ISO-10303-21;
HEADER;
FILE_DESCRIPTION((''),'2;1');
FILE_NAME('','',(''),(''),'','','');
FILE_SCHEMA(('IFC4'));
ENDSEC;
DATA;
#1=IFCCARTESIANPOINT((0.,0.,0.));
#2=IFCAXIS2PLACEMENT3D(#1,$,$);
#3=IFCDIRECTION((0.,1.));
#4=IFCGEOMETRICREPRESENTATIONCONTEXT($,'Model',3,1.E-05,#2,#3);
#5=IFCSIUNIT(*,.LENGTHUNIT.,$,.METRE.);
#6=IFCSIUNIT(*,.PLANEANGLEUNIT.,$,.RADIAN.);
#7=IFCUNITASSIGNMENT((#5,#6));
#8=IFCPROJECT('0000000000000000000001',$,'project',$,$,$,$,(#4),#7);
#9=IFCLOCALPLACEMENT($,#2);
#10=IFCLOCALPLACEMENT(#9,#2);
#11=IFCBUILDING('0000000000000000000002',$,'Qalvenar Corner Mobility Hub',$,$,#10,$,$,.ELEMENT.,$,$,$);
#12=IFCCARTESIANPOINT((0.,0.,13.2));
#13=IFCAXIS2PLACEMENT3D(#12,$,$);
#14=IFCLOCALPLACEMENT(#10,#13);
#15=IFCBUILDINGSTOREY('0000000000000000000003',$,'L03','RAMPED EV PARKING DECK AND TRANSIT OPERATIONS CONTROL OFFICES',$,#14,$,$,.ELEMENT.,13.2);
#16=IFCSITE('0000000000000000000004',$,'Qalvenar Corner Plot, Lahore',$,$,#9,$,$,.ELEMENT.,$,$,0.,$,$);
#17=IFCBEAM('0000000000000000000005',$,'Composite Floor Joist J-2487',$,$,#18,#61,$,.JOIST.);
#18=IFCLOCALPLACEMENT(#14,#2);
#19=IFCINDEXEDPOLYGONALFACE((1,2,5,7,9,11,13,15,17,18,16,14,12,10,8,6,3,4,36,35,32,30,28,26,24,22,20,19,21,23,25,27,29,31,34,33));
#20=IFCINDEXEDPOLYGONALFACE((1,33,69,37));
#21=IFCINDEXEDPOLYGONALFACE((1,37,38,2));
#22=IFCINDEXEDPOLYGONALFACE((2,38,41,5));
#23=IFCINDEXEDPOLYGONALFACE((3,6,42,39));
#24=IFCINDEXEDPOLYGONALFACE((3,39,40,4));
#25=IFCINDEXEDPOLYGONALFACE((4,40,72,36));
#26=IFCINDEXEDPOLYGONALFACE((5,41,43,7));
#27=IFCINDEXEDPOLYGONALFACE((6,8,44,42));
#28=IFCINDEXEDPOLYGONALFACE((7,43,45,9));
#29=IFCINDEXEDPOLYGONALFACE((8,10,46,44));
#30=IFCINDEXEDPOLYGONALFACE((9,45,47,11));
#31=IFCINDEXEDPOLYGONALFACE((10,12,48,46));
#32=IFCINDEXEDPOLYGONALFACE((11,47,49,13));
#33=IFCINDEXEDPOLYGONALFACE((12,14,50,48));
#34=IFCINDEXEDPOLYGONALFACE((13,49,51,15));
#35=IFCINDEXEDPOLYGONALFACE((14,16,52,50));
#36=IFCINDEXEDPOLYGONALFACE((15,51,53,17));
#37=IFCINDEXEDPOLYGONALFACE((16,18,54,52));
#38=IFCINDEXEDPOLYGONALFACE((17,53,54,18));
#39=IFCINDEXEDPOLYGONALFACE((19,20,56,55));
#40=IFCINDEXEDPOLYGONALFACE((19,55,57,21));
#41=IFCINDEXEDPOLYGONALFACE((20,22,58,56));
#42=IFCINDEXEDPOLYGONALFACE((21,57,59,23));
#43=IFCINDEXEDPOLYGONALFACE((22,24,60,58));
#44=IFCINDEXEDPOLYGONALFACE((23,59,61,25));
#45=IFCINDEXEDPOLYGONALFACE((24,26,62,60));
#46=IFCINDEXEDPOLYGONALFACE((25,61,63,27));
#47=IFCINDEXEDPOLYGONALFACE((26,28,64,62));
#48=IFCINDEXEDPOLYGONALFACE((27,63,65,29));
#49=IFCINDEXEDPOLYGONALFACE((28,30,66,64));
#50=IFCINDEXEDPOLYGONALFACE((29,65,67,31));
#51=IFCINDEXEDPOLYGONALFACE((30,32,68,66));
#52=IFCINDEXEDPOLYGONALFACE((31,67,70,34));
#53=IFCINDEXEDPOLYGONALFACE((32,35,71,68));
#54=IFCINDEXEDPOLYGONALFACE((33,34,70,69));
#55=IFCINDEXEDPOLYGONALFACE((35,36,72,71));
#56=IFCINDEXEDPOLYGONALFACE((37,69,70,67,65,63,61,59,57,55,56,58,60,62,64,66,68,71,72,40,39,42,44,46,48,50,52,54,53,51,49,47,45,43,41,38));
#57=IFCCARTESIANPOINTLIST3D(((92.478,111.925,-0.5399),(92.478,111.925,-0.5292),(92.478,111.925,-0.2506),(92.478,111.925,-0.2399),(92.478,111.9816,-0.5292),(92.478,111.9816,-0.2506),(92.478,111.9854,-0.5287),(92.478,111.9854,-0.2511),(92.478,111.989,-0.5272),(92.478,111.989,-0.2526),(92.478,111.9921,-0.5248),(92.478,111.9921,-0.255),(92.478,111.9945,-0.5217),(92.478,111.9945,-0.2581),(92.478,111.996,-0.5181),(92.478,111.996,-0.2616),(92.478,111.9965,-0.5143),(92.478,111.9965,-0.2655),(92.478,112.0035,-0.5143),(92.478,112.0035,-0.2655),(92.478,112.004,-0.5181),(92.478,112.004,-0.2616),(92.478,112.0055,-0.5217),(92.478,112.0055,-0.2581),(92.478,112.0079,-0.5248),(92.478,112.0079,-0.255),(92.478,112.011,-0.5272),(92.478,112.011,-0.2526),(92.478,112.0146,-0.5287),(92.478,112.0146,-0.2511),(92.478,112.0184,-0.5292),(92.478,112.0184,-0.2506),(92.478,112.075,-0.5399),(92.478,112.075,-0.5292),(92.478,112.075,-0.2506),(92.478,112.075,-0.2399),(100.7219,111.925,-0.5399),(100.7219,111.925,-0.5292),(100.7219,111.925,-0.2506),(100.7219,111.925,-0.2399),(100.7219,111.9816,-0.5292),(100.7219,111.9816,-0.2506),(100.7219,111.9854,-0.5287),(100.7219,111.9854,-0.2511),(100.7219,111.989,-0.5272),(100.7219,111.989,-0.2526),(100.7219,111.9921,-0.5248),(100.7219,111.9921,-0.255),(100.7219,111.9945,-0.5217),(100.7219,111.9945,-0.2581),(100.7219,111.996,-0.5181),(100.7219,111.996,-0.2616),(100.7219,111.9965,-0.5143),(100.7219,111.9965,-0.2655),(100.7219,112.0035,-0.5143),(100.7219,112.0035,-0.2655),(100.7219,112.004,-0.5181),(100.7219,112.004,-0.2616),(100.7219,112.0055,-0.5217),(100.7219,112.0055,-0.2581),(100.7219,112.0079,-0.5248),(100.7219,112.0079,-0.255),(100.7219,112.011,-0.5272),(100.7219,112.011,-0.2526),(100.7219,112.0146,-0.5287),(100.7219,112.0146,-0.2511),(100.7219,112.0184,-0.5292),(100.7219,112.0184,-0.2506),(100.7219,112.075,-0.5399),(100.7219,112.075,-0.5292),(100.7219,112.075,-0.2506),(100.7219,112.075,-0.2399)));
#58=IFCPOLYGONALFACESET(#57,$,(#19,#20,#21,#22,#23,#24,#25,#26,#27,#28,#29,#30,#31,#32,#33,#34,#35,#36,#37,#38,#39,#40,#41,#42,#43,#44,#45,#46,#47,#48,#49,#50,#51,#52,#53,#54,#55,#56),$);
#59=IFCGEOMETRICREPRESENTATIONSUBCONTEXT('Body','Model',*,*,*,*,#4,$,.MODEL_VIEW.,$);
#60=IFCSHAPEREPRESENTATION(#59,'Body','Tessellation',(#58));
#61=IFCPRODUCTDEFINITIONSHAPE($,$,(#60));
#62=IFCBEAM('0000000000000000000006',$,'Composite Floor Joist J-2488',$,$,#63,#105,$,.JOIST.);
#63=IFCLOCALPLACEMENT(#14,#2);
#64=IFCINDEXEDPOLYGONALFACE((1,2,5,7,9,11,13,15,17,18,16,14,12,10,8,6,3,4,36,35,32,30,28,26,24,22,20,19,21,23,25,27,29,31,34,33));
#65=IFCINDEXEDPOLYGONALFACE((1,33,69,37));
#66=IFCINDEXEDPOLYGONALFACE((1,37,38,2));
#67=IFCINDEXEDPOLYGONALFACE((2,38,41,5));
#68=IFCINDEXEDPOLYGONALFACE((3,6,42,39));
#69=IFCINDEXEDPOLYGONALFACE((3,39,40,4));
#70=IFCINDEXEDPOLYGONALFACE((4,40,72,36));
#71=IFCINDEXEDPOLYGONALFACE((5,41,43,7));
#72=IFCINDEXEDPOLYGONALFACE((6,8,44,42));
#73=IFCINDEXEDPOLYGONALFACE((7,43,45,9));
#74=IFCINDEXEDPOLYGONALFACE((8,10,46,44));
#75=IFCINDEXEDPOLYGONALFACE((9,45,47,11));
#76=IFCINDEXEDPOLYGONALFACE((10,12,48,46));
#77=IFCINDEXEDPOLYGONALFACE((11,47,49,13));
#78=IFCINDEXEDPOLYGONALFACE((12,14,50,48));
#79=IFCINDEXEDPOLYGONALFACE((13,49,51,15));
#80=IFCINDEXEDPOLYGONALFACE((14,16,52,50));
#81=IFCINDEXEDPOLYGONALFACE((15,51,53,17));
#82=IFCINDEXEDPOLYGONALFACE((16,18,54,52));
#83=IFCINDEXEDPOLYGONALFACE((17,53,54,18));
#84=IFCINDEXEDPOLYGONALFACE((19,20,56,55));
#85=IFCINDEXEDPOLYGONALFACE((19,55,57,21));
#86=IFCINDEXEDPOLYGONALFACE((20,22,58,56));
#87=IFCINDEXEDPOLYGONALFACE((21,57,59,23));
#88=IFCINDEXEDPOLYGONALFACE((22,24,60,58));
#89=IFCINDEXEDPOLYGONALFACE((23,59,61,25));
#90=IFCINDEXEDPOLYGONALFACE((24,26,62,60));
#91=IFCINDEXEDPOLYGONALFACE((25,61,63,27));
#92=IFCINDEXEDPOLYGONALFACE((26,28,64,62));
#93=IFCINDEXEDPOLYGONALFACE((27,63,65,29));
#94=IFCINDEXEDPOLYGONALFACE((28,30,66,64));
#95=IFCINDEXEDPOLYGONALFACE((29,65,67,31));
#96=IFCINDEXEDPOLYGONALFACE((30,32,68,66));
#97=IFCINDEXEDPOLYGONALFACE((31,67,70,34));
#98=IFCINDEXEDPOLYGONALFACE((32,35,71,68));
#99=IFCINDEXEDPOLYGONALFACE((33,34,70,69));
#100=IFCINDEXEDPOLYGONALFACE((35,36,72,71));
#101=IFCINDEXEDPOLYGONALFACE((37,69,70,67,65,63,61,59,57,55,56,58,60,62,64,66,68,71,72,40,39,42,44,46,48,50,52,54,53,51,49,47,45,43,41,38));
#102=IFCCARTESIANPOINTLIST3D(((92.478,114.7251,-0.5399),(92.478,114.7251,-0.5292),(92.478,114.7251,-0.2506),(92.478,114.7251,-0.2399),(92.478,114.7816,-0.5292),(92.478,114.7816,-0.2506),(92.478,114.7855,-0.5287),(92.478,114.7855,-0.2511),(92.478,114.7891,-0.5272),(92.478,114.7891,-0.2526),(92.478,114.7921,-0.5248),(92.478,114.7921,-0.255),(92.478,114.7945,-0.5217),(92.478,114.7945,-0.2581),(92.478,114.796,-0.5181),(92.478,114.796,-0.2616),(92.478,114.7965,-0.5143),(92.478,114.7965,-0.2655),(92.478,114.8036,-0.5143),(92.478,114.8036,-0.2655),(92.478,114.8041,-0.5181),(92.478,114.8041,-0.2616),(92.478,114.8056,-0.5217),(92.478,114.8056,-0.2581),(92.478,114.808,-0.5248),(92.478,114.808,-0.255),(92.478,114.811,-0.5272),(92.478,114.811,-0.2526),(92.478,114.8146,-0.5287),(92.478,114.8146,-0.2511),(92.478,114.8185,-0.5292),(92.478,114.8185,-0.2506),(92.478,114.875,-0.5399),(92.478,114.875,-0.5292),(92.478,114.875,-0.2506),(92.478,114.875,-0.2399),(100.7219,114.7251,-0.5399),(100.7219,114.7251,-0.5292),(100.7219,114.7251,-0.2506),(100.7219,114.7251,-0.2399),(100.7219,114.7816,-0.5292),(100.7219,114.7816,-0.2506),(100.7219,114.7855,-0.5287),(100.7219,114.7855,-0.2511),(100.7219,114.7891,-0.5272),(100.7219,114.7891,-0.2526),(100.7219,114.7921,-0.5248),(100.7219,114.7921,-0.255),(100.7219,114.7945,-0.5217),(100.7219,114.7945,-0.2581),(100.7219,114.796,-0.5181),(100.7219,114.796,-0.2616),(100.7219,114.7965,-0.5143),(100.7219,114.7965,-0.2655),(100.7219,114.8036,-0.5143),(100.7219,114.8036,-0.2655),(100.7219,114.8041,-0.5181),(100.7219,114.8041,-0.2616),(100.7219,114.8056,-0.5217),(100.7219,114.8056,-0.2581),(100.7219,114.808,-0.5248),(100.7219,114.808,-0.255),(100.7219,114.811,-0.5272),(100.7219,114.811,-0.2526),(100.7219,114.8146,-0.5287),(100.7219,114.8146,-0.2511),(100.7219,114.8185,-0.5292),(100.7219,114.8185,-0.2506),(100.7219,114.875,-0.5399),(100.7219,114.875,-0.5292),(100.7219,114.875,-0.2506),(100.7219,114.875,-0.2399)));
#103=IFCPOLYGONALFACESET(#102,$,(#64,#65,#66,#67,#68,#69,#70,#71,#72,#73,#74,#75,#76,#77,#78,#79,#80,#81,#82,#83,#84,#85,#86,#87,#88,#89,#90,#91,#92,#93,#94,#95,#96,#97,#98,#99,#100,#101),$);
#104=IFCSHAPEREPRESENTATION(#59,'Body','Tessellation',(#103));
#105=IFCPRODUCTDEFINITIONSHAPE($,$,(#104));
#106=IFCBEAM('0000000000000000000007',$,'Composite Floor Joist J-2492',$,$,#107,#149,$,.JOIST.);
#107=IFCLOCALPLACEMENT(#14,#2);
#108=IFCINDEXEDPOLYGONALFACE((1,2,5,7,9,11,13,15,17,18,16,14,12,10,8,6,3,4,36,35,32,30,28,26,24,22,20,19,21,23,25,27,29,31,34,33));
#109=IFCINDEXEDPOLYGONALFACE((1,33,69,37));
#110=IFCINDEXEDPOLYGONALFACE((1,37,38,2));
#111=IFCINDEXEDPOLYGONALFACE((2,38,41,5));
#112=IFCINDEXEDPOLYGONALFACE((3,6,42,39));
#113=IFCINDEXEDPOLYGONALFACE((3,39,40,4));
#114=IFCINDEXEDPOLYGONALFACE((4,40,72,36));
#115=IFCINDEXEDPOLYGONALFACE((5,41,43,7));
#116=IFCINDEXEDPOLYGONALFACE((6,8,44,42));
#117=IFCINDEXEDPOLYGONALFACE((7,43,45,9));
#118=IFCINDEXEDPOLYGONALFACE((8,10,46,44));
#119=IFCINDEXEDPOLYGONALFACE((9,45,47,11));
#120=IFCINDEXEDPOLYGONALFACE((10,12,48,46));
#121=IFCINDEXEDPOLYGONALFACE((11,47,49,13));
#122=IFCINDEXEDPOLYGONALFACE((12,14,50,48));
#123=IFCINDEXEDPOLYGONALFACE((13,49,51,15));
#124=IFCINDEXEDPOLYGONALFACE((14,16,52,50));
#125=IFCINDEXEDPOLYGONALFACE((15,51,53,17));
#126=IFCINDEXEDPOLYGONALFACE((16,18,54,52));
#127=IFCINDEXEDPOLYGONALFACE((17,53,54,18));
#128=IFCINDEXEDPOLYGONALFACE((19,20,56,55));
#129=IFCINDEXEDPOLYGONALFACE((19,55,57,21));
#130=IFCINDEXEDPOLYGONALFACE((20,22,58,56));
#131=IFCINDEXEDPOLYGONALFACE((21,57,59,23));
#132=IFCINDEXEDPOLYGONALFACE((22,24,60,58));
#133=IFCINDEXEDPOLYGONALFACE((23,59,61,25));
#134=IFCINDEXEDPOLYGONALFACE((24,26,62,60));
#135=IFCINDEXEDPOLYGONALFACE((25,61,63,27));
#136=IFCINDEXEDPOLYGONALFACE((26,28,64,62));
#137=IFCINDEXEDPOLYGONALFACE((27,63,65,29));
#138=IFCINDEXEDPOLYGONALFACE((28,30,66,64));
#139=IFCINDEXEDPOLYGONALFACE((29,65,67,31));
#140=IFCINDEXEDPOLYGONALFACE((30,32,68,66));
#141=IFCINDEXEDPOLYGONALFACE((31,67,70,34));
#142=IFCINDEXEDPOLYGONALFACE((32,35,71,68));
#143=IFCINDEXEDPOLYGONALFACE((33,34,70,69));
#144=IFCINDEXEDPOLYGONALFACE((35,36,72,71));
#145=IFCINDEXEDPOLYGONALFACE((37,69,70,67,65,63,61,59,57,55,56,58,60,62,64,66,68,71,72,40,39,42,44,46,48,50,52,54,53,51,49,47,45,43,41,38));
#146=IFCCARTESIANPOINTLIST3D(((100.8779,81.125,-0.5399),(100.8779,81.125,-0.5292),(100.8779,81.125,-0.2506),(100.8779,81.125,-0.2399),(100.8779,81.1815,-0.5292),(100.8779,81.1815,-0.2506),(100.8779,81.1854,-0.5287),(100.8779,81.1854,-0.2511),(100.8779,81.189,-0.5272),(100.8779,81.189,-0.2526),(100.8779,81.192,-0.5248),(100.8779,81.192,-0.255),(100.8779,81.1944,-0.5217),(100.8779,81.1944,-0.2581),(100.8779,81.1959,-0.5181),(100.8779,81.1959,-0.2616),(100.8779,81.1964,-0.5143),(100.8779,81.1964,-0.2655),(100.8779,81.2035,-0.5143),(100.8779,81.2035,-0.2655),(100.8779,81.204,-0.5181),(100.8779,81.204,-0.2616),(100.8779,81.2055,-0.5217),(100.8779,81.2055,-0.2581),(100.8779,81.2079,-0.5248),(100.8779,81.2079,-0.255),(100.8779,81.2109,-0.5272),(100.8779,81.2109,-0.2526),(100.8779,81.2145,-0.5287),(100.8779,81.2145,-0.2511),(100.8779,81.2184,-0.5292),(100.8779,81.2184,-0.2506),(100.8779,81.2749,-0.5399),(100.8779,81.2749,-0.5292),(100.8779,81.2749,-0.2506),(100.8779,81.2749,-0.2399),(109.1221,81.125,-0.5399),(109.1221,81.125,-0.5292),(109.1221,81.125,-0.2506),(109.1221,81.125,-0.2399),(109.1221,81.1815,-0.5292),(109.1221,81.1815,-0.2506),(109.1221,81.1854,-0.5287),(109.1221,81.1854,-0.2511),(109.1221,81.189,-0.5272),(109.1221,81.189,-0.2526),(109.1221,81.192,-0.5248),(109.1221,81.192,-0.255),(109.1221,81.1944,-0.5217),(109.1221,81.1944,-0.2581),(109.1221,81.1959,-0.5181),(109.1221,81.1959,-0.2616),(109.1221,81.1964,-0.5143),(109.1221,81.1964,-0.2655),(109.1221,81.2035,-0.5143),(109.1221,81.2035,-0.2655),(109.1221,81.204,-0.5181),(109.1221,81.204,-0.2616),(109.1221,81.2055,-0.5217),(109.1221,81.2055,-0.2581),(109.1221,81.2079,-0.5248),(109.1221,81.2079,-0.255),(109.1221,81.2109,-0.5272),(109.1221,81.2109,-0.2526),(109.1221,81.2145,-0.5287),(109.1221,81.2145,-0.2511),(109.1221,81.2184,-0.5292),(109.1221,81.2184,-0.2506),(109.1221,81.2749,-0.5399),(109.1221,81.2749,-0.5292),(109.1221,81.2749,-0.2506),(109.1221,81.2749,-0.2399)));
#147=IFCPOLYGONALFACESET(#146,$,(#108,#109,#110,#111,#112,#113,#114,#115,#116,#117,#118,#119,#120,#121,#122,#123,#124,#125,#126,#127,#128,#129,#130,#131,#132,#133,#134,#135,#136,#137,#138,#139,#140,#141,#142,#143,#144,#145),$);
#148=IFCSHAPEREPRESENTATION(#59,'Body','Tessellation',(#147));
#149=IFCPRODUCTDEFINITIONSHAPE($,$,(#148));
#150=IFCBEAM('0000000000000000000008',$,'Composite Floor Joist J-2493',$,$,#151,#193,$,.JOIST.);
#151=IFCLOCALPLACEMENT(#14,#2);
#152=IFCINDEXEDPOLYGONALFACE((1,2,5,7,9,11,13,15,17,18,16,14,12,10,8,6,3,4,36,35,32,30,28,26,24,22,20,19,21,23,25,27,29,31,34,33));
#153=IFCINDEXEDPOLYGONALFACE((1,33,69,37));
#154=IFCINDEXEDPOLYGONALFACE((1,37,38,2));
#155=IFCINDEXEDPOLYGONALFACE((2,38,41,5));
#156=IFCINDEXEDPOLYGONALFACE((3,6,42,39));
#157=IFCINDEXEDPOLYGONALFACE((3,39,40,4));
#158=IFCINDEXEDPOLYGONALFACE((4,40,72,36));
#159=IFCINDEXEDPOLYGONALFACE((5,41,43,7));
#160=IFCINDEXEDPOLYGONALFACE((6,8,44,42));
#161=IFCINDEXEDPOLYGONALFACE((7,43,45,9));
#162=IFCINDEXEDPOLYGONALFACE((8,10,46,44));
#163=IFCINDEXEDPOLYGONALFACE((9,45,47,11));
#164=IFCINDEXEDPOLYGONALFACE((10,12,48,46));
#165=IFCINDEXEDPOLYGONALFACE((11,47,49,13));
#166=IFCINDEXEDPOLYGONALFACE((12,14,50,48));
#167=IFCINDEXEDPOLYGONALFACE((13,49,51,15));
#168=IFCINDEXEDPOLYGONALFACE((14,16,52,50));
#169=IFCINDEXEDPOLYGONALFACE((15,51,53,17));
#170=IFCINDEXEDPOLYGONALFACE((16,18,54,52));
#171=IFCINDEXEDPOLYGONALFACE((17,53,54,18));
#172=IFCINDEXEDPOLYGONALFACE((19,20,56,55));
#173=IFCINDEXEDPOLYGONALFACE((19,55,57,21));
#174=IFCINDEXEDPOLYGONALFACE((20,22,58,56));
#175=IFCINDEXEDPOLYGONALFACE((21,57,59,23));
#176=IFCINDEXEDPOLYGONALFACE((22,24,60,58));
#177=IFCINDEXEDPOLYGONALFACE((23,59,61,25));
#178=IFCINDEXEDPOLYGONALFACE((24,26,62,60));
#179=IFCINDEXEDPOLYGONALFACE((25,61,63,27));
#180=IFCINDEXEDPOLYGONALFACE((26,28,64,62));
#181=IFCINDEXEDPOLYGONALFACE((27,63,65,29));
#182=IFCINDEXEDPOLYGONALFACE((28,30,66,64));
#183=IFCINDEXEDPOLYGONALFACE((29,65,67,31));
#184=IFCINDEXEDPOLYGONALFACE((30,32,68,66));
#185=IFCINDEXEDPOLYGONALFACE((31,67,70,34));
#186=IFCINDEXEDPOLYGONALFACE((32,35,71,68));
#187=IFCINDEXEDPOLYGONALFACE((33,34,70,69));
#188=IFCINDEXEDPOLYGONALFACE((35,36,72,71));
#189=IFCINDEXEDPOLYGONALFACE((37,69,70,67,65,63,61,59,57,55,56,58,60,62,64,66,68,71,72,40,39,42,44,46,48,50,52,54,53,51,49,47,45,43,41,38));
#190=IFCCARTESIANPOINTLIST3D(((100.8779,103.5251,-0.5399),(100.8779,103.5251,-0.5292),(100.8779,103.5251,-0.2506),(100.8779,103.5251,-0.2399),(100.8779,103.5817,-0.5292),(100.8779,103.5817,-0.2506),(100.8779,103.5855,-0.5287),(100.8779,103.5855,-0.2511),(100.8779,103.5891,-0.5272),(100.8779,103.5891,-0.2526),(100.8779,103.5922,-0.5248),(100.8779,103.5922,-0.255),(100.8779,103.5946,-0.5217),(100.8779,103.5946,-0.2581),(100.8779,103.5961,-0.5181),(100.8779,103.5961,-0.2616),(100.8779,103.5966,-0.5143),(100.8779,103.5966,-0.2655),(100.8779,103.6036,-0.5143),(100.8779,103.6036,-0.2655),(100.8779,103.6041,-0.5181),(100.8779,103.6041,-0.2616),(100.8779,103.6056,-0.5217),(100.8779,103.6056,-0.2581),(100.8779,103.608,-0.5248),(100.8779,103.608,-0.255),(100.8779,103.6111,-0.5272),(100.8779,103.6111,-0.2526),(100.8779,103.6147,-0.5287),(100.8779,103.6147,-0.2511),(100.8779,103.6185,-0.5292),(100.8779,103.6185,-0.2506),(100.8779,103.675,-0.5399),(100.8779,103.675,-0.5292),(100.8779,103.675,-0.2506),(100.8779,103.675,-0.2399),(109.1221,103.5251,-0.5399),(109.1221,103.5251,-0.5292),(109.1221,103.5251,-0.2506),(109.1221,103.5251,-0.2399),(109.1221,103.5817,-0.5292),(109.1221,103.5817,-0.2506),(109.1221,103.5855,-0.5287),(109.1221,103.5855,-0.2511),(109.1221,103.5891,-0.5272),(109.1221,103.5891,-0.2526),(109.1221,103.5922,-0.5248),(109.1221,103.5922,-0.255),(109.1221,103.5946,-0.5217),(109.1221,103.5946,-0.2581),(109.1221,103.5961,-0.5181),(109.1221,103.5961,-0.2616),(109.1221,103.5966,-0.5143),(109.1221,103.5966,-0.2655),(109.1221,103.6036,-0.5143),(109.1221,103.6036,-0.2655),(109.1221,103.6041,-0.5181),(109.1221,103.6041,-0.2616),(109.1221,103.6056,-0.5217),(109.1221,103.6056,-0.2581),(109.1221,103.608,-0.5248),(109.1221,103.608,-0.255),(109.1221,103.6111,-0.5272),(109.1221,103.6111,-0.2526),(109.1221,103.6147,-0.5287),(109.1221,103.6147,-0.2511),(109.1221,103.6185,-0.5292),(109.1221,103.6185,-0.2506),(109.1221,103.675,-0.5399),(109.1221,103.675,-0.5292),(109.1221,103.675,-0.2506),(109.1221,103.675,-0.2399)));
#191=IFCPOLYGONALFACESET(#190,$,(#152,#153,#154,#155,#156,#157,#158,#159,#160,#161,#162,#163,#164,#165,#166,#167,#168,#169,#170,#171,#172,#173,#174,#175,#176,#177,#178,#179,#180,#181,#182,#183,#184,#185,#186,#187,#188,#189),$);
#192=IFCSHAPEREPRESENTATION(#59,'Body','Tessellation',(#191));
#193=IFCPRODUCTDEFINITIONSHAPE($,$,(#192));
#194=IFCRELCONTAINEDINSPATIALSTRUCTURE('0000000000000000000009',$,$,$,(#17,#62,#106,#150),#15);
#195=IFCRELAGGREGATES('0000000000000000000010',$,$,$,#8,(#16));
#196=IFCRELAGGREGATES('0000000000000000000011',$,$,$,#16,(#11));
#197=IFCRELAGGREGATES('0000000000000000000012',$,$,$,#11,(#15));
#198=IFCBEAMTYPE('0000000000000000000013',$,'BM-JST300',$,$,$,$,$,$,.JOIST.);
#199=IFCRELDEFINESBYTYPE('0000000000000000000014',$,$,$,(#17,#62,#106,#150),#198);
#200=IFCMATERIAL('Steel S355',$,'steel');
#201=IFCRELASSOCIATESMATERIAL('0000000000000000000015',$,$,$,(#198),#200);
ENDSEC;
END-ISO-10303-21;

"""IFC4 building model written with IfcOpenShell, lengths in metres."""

from ifc_helpers import new_model, si_unit, direction, frame, origin, origin_2d, place, context, subcontext, project, spatial, i_section, extrude, material, material_profile, profile_set, type_object, element, save


model = new_model("IFC4")

# Units and contexts
model_context = context("Model", 3, precision=1e-05, world=origin(), true_north=direction((0.0, 1.0)))
body_context = subcontext(model_context, "Body", "Model", "MODEL_VIEW")
ifc_project = project(units=[si_unit("LENGTHUNIT", "METRE"), si_unit("PLANEANGLEUNIT", "RADIAN")], contexts=[model_context])

# Site, building, storey
site_placement = place(None, origin())
site = spatial("IfcSite", under=ifc_project, at=site_placement, Name="Qalvenar Corner Plot, Lahore", CompositionType="ELEMENT", RefElevation=0.0)
building_placement = place(site_placement, origin())
building = spatial("IfcBuilding", under=site, at=building_placement, Name="Qalvenar Corner Mobility Hub", CompositionType="ELEMENT")
storey_placement = place(building_placement, frame((0.0, 0.0, 13.2)))
storey = spatial("IfcBuildingStorey", under=building, at=storey_placement, Name="L03", Description="RAMPED EV PARKING DECK AND TRANSIT OPERATIONS CONTROL OFFICES", CompositionType="ELEMENT", Elevation=13.2)

# Shared definitions
ifc_material = material(Name="Steel S355", Category="steel")

# Beams
ifc_material_profile_1 = material_profile(ifc_material, i_section(OverallWidth=0.1499, OverallDepth=0.3, WebThickness=0.0071, FlangeThickness=0.0107, FilletRadius=0.0149, at=origin_2d()), Name="IPE300")
ifc_profile_set_1 = profile_set([ifc_material_profile_1], Name="Steel S355")
beam_type_1 = type_object("IfcBeamType", Name="BM-JST300", PredefinedType="JOIST", material=ifc_profile_set_1)
for number, where, z_axis, x_axis, name in (
    (1, (92.478, 112.0, -0.3899), (1.0, 0.0, 0.0), (0.0, 1.0, 0.0), "Composite Floor Joist J-2487"),
    (2, (92.478, 114.8, -0.3899), (1.0, 0.0, 0.0), (0.0, 1.0, 0.0), "Composite Floor Joist J-2488"),
):
    element("IfcBeam", number, at=place(storey_placement, frame(where, z_axis=z_axis, x_axis=x_axis)), inside=storey, type_object=beam_type_1, Name=name, PredefinedType="JOIST", context=body_context, shape_type="SweptSolid", body=[
        extrude(i_section(OverallWidth=0.1499, OverallDepth=0.3, WebThickness=0.0071, FlangeThickness=0.0107, FilletRadius=0.0149, at=origin_2d()), origin(), (0.0, 0.0, 1.0), 8.2439),
    ])
for number, where, z_axis, x_axis, name in (
    (3, (100.8779, 81.2, -0.3899), (1.0, 0.0, 0.0), (0.0, 1.0, 0.0), "Composite Floor Joist J-2492"),
    (4, (100.8779, 103.6001, -0.3899), (1.0, 0.0, 0.0), (0.0, 1.0, 0.0), "Composite Floor Joist J-2493"),
):
    element("IfcBeam", number, at=place(storey_placement, frame(where, z_axis=z_axis, x_axis=x_axis)), inside=storey, type_object=beam_type_1, Name=name, PredefinedType="JOIST", context=body_context, shape_type="SweptSolid", body=[
        extrude(i_section(OverallWidth=0.1499, OverallDepth=0.3, WebThickness=0.0071, FlangeThickness=0.0107, FilletRadius=0.0149, at=origin_2d()), origin(), (0.0, 0.0, 1.0), 8.2441),
    ])

save(model, "model.ifc")
